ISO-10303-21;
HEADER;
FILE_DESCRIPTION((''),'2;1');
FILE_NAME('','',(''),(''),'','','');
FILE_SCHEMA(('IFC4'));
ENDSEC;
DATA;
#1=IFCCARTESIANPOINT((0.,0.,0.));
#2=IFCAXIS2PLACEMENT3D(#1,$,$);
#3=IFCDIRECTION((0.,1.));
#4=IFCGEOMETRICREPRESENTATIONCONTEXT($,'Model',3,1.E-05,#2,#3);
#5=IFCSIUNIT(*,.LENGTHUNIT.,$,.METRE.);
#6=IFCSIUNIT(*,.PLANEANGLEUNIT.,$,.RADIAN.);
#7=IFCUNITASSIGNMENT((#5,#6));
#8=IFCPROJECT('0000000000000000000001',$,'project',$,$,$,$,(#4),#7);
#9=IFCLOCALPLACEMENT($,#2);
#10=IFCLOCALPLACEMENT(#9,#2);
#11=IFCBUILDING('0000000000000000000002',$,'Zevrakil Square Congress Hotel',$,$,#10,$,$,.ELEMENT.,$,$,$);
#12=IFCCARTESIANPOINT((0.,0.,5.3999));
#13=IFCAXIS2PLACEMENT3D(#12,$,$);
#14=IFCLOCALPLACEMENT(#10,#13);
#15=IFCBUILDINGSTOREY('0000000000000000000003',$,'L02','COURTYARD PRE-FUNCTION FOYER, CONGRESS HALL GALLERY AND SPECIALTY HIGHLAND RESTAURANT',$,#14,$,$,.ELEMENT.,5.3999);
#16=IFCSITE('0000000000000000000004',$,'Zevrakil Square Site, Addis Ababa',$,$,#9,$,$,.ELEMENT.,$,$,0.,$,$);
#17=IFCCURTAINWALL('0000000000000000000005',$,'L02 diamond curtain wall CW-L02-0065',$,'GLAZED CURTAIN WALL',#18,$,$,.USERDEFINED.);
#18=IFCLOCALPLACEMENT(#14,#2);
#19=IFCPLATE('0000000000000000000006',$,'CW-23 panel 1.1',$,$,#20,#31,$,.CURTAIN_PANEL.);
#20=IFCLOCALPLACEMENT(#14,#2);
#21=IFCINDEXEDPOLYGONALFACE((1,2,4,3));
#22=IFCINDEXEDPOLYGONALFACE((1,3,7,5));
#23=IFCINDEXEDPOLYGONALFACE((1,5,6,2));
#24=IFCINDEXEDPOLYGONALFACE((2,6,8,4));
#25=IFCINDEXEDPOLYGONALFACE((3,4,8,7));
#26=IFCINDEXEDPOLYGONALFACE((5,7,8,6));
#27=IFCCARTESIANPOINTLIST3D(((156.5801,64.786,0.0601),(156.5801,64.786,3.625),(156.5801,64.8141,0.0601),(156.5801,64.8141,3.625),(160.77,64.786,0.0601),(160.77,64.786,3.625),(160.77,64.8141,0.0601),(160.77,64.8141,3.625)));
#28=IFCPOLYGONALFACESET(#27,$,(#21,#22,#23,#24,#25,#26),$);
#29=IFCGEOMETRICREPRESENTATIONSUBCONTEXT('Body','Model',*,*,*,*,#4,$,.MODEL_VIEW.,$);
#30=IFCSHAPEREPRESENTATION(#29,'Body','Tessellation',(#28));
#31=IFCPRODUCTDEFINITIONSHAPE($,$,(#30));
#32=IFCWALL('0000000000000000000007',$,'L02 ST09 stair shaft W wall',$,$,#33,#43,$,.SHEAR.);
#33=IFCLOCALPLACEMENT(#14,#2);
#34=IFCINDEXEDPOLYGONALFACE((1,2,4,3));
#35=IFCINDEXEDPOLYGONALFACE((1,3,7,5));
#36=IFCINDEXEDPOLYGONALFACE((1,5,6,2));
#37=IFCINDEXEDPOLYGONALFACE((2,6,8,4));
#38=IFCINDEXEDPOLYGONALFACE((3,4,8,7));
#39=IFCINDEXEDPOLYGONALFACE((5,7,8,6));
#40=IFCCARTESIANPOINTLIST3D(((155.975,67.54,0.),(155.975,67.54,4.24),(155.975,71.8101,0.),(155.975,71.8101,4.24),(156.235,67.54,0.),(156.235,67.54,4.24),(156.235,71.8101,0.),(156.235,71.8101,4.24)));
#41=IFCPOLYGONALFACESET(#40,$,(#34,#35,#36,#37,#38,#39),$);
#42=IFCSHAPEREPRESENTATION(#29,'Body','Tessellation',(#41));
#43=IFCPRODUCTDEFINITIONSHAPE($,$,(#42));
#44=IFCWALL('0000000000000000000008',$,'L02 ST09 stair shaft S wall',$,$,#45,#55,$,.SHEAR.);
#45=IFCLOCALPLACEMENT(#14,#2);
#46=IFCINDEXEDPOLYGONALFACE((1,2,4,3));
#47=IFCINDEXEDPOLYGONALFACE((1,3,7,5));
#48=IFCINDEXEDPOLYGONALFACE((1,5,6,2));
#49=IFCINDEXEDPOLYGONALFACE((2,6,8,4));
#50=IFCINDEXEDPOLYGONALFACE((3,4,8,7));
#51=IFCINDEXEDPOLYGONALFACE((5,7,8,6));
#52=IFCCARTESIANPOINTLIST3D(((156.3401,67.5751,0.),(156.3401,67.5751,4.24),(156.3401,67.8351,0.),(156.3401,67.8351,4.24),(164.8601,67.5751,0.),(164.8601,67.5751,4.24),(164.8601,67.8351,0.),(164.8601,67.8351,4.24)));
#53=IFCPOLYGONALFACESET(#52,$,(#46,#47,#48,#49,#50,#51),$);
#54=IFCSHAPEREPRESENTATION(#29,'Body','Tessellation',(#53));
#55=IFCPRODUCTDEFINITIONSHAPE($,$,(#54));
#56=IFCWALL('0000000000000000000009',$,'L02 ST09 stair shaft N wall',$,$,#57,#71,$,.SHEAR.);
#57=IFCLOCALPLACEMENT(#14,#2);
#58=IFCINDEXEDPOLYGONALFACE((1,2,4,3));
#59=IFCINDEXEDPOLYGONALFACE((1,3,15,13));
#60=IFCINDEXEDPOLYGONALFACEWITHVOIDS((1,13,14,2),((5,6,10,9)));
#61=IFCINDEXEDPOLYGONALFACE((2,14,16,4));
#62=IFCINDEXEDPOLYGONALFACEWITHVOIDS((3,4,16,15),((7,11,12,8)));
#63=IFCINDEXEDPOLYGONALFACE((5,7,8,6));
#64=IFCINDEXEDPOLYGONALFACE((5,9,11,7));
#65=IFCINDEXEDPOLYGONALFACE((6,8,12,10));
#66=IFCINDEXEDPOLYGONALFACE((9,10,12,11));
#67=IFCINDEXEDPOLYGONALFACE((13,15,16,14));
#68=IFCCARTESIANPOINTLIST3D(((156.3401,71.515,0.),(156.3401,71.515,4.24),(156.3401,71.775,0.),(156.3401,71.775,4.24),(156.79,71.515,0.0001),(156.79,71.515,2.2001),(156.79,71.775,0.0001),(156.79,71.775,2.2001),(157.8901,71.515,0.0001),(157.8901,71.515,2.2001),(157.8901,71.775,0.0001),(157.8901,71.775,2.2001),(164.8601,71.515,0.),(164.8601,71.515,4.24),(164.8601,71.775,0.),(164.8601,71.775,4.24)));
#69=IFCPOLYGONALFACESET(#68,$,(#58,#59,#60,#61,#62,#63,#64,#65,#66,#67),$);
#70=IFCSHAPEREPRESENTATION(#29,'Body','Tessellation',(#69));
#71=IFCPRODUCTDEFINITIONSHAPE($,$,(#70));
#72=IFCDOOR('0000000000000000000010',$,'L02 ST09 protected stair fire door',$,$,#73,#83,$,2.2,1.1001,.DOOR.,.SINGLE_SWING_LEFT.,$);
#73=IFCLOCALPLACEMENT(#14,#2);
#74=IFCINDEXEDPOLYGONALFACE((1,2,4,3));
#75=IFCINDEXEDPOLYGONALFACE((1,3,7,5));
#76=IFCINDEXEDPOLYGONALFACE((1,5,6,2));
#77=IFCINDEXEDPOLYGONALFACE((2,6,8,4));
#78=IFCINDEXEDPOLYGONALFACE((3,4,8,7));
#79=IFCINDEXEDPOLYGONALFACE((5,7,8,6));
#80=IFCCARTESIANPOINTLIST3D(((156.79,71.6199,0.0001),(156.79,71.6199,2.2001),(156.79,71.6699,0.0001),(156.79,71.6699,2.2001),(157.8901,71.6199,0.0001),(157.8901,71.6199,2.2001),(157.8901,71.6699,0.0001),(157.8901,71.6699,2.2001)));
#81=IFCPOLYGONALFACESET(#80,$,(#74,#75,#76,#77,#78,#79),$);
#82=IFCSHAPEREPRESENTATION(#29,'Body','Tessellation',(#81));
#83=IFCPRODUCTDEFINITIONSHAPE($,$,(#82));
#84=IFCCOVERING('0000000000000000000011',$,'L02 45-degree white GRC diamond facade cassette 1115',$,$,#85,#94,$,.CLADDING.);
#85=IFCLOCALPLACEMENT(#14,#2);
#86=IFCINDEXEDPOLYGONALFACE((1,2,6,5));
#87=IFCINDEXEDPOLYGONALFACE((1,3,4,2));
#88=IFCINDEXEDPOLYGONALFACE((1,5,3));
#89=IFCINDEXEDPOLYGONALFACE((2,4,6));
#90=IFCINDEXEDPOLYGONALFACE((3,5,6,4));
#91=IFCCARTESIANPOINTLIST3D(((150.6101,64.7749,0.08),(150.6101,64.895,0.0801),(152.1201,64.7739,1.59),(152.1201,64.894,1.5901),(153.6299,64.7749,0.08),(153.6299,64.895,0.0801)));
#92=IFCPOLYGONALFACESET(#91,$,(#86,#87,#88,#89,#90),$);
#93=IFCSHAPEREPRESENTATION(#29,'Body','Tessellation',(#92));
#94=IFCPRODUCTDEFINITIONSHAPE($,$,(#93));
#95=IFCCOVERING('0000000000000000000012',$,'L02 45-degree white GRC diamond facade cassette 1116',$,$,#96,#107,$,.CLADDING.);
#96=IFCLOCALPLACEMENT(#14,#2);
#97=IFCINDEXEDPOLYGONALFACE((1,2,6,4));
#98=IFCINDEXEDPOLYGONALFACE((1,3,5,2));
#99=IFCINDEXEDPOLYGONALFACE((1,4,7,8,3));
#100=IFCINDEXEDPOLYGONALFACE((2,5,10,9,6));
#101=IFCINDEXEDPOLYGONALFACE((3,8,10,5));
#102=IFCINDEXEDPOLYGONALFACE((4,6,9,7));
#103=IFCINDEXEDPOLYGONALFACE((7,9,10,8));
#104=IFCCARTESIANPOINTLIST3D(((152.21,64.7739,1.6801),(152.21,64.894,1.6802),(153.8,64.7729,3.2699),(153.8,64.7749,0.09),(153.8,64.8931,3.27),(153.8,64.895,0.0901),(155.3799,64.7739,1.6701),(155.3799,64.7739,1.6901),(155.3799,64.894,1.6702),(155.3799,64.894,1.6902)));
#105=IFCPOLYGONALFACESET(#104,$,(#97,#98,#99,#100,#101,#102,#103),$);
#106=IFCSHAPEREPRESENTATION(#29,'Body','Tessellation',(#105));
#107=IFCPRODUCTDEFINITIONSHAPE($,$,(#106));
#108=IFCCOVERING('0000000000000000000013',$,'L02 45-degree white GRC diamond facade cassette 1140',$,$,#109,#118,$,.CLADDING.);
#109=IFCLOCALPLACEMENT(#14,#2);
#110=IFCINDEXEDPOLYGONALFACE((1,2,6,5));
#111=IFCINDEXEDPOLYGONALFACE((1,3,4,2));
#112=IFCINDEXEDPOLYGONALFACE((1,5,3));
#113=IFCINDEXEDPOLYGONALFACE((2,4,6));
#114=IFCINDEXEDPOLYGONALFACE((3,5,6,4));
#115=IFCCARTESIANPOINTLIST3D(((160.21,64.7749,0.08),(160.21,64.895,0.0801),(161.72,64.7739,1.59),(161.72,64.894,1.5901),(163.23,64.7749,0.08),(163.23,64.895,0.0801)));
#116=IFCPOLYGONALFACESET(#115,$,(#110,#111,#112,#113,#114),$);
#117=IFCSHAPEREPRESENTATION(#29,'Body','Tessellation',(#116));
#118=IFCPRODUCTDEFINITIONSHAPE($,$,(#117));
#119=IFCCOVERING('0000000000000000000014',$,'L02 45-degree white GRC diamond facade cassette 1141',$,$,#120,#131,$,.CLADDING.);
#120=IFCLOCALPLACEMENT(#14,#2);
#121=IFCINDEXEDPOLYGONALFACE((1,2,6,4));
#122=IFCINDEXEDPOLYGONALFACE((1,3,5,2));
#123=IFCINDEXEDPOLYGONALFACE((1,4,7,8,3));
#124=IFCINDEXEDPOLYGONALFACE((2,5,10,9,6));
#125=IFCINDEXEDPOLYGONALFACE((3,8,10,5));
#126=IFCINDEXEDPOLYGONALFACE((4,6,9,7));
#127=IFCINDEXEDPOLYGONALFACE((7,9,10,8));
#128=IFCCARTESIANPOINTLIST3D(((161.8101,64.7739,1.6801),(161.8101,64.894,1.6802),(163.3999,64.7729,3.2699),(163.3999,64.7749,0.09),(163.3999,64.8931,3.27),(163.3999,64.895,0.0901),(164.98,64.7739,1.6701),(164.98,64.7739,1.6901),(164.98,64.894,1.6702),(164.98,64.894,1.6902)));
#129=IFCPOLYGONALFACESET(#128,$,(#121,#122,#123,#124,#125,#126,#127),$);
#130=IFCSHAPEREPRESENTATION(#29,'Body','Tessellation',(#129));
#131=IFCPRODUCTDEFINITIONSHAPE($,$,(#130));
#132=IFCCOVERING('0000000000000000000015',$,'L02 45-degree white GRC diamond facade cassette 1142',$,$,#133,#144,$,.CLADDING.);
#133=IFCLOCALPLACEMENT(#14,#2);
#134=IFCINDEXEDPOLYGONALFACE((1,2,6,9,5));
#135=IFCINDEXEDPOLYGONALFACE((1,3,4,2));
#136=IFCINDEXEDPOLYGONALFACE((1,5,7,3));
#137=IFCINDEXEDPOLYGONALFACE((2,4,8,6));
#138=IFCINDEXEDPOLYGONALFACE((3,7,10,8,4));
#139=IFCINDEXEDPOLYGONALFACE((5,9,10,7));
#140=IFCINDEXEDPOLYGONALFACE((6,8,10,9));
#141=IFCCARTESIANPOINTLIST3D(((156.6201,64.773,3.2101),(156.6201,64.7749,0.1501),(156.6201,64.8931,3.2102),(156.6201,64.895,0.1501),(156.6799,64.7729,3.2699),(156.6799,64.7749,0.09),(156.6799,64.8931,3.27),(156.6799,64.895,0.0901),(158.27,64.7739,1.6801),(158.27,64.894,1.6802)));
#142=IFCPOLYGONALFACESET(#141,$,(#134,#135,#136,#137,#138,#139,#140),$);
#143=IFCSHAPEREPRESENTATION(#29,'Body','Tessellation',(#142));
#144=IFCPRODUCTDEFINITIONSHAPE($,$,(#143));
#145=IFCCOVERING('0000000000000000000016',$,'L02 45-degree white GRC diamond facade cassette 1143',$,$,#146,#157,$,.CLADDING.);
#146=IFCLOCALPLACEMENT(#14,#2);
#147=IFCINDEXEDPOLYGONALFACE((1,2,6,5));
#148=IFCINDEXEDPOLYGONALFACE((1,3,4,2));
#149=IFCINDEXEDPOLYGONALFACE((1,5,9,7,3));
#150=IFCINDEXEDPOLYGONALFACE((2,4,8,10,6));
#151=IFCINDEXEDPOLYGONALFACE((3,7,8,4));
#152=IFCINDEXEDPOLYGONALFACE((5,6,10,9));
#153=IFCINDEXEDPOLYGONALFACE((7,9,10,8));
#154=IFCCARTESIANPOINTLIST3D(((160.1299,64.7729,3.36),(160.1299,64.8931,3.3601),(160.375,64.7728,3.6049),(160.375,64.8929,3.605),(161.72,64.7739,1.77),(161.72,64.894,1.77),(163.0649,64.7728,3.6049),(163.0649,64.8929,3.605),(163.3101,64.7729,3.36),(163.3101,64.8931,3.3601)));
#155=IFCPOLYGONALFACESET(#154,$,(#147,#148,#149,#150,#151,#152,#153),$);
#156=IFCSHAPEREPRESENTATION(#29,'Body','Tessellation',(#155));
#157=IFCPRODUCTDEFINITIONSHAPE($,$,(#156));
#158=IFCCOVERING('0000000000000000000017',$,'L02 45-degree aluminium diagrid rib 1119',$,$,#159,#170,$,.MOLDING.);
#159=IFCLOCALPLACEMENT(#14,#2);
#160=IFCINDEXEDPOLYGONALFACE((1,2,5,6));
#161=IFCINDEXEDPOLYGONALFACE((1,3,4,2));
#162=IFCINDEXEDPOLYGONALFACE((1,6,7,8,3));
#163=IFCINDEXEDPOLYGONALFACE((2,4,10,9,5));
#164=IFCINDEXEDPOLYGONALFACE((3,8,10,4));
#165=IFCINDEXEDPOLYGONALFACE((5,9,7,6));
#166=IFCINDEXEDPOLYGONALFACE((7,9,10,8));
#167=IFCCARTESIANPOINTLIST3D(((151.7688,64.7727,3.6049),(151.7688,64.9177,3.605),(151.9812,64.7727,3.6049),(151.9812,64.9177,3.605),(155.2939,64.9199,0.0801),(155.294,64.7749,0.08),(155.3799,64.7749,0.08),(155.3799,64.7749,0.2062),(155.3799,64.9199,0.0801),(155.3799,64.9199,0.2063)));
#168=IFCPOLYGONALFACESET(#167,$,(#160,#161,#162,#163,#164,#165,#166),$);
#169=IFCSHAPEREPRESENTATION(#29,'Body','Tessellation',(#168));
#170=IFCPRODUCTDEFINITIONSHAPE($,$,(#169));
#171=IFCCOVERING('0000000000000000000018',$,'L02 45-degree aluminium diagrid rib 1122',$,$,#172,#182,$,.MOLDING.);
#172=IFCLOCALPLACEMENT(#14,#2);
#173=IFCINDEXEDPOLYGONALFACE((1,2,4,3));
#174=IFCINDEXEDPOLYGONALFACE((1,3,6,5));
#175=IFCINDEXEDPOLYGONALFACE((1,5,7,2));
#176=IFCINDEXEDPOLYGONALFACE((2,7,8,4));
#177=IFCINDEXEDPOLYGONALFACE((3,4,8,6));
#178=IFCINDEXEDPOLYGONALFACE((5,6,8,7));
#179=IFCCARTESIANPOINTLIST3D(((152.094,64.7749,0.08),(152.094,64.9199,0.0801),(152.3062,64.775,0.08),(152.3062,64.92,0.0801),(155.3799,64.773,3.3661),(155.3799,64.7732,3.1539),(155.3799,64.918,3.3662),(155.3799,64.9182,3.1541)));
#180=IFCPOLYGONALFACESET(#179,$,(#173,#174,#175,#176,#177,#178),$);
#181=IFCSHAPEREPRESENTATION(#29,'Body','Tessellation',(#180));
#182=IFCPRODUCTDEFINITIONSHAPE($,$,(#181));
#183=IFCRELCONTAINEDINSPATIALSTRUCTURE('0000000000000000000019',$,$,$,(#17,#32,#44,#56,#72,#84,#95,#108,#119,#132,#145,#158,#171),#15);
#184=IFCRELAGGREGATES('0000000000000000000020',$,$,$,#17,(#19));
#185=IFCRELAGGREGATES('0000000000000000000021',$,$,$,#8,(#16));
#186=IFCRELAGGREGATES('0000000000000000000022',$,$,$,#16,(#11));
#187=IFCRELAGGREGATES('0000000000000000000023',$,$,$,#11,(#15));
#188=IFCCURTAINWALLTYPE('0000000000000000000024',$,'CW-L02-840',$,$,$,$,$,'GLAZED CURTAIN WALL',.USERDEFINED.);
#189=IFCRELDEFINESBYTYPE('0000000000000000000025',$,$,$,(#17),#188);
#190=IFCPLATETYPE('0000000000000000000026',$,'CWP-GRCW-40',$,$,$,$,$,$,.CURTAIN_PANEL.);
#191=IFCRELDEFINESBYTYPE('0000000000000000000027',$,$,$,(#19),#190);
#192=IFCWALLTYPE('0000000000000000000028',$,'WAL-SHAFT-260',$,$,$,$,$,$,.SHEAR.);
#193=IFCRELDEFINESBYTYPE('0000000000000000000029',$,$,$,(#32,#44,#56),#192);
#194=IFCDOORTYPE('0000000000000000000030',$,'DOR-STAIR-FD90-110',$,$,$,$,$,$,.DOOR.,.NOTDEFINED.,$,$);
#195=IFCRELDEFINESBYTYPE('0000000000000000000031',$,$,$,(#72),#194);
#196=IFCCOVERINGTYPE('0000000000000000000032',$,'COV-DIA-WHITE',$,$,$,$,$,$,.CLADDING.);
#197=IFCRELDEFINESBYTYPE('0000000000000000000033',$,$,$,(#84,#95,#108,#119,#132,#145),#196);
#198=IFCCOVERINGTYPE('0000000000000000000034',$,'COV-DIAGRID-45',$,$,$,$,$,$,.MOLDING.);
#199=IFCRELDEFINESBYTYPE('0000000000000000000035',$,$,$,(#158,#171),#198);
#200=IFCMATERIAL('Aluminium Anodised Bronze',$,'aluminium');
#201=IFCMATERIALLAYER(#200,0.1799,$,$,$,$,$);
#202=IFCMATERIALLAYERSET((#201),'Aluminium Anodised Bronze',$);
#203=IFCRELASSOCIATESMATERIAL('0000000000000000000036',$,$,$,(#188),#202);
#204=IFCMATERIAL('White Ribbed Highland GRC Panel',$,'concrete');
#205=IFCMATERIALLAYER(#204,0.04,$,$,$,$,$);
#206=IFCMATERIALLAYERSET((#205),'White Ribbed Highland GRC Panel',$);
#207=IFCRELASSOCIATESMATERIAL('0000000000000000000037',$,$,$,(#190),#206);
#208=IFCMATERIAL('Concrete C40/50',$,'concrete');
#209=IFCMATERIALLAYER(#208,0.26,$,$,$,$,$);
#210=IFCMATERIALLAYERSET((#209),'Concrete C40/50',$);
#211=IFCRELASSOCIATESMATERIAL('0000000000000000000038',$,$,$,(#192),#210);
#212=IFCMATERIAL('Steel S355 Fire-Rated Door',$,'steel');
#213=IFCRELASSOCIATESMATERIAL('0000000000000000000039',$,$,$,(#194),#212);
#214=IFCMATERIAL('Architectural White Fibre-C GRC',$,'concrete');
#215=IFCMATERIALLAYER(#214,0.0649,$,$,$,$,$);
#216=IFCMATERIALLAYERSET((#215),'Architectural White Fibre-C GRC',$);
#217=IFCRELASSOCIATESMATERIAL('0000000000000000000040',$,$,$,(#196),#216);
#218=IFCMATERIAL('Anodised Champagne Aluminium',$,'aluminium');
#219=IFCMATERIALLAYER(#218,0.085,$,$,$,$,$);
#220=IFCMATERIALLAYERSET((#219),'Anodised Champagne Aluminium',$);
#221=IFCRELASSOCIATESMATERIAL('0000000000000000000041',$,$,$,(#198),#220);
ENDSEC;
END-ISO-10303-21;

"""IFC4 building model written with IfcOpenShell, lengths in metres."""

from ifc_helpers import new_model, si_unit, direction, frame, frame_2d, origin, origin_2d, place, context, subcontext, project, spatial, polyline, rectangle, outline, extrude, material, layer, layer_set, type_object, element, fill, aggregate, save


model = new_model("IFC4")

# Units and contexts
model_context = context("Model", 3, precision=1e-05, world=origin(), true_north=direction((0.0, 1.0)))
body_context = subcontext(model_context, "Body", "Model", "MODEL_VIEW")
ifc_project = project(units=[si_unit("LENGTHUNIT", "METRE"), si_unit("PLANEANGLEUNIT", "RADIAN")], contexts=[model_context])

# Site, building, storey
site_placement = place(None, origin())
site = spatial("IfcSite", under=ifc_project, at=site_placement, Name="Zevrakil Square Site, Addis Ababa", CompositionType="ELEMENT", RefElevation=0.0)
building_placement = place(site_placement, origin())
building = spatial("IfcBuilding", under=site, at=building_placement, Name="Zevrakil Square Congress Hotel", CompositionType="ELEMENT")
storey_placement = place(building_placement, frame((0.0, 0.0, 5.3999)))
storey = spatial("IfcBuildingStorey", under=building, at=storey_placement, Name="L02", Description="COURTYARD PRE-FUNCTION FOYER, CONGRESS HALL GALLERY AND SPECIALTY HIGHLAND RESTAURANT", CompositionType="ELEMENT", Elevation=5.3999)

# Curtain wall
ifc_material_1 = material(Name="Aluminium Anodised Bronze", Category="aluminium")
ifc_layer_1 = layer(ifc_material_1, 0.1799)
ifc_layer_set_1 = layer_set([ifc_layer_1], Name="Aluminium Anodised Bronze")
curtain_wall_type = type_object("IfcCurtainWallType", Name="CW-L02-840", ElementType="GLAZED CURTAIN WALL", PredefinedType="USERDEFINED", material=ifc_layer_set_1)
curtain_wall_1_placement = place(storey_placement, origin())
curtain_wall_1 = element("IfcCurtainWall", 1, at=curtain_wall_1_placement, inside=storey, type_object=curtain_wall_type, Name="L02 diamond curtain wall CW-L02-0065", ObjectType="GLAZED CURTAIN WALL", PredefinedType="USERDEFINED")

# Plate
ifc_material_2 = material(Name="White Ribbed Highland GRC Panel", Category="concrete")
ifc_layer_2 = layer(ifc_material_2, 0.04)
ifc_layer_set_2 = layer_set([ifc_layer_2], Name="White Ribbed Highland GRC Panel")
plate_type_1 = type_object("IfcPlateType", Name="CWP-GRCW-40", PredefinedType="CURTAIN_PANEL", material=ifc_layer_set_2)
plate_1_placement = place(storey_placement, frame((158.675, 64.8, 0.0601), z_axis=(0.0, 0.0, 1.0), x_axis=(1.0, 0.0, 0.0)))
plate_1 = element("IfcPlate", 2, at=plate_1_placement, type_object=plate_type_1, Name="CW-23 panel 1.1", PredefinedType="CURTAIN_PANEL", context=body_context, shape_type="SweptSolid", body=[
    extrude(rectangle(XDim=4.1899, YDim=0.0281, at=origin_2d()), origin(), (0.0, 0.0, 1.0), 3.5649),
])
aggregate(curtain_wall_1, [plate_1])

# Walls
ifc_material_3 = material(Name="Concrete C40/50", Category="concrete")
ifc_layer_3 = layer(ifc_material_3, 0.26)
ifc_layer_set_3 = layer_set([ifc_layer_3], Name="Concrete C40/50")
wall_type = type_object("IfcWallType", Name="WAL-SHAFT-260", PredefinedType="SHEAR", material=ifc_layer_set_3)
wall_1_placement = place(storey_placement, frame((156.105, 67.54, 0.0), z_axis=(0.0, 0.0, 1.0), x_axis=(0.0, 1.0, 0.0)))
element("IfcWall", 3, at=wall_1_placement, inside=storey, type_object=wall_type, Name="L02 ST09 stair shaft W wall", PredefinedType="SHEAR", context=body_context, shape_type="SweptSolid", body=[
    extrude(rectangle(XDim=4.27, YDim=0.26, at=frame_2d((2.135, 0.0))), origin(), (0.0, 0.0, 1.0), 4.24),
])
wall_2_placement = place(storey_placement, frame((156.3401, 67.7051, 0.0), z_axis=(0.0, 0.0, 1.0), x_axis=(1.0, 0.0, 0.0)))
element("IfcWall", 4, at=wall_2_placement, inside=storey, type_object=wall_type, Name="L02 ST09 stair shaft S wall", PredefinedType="SHEAR", context=body_context, shape_type="SweptSolid", body=[
    extrude(rectangle(XDim=8.52, YDim=0.26, at=frame_2d((4.26, 0.0))), origin(), (0.0, 0.0, 1.0), 4.24),
])

# Wall, opening, door
wall_3_placement = place(storey_placement, frame((156.3401, 71.645, 0.0), z_axis=(0.0, 0.0, 1.0), x_axis=(1.0, 0.0, 0.0)))
wall_3 = element("IfcWall", 5, at=wall_3_placement, inside=storey, type_object=wall_type, Name="L02 ST09 stair shaft N wall", PredefinedType="SHEAR", context=body_context, shape_type="SweptSolid", body=[
    extrude(rectangle(XDim=8.52, YDim=0.26, at=frame_2d((4.26, 0.0))), origin(), (0.0, 0.0, 1.0), 4.24),
])
opening_placement = place(wall_3_placement, frame((0.45, 0.0, 0.0)))
opening = element("IfcOpeningElement", 6, at=opening_placement, cuts=wall_3, PredefinedType="OPENING", context=body_context, shape_type="SweptSolid", body=[
    extrude(rectangle(XDim=1.1001, YDim=2.2, at=frame_2d((0.55, 1.1001))), frame((0.0, 0.1401, 0.0), z_axis=(0.0, -1.0, 0.0), x_axis=(1.0, 0.0, 0.0)), (0.0, 0.0, 1.0), 0.28),
])
ifc_material_4 = material(Name="Steel S355 Fire-Rated Door", Category="steel")
door_type = type_object("IfcDoorType", Name="DOR-STAIR-FD90-110", OperationType="NOTDEFINED", PredefinedType="DOOR", material=ifc_material_4)
door_placement = place(opening_placement, origin())
door = element("IfcDoor", 7, at=door_placement, inside=storey, type_object=door_type, Name="L02 ST09 protected stair fire door", OperationType="SINGLE_SWING_LEFT", OverallHeight=2.2, OverallWidth=1.1001, PredefinedType="DOOR", context=body_context, shape_type="SweptSolid", body=[
    extrude(rectangle(XDim=1.1001, YDim=2.2, at=frame_2d((0.55, 1.1001))), frame((0.0, 0.0249, 0.0), z_axis=(0.0, -1.0, 0.0), x_axis=(1.0, 0.0, 0.0)), (0.0, 0.0, 1.0), 0.05),
])
fill(opening, door)

# Coverings
ifc_material_5 = material(Name="Architectural White Fibre-C GRC", Category="concrete")
ifc_layer_4 = layer(ifc_material_5, 0.0649)
ifc_layer_set_4 = layer_set([ifc_layer_4], Name="Architectural White Fibre-C GRC")
covering_type_1 = type_object("IfcCoveringType", Name="COV-DIA-WHITE", PredefinedType="CLADDING", material=ifc_layer_set_4)
covering_1_placement = place(storey_placement, frame((152.1201, 64.894, 1.5901), z_axis=(0.0, 1.0, 0.000647), x_axis=(-0.707107, 0.000457, -0.707107)))
element("IfcCovering", 8, at=covering_1_placement, inside=storey, type_object=covering_type_1, Name="L02 45-degree white GRC diamond facade cassette 1115", PredefinedType="CLADDING", context=body_context, shape_type="SweptSolid", body=[
    extrude(outline(polyline([(0.0, 0.0), (2.1355, 0.0), (0.0002, -2.1353), (0.0, 0.0)])), origin(), (0.0, 0.0, -1.0), 0.1201),
])
covering_2_placement = place(storey_placement, frame((153.8, 64.8931, 3.27), z_axis=(0.0, 1.0, 0.000612), x_axis=(-0.707161, 0.000433, -0.707052)))
element("IfcCovering", 9, at=covering_2_placement, inside=storey, type_object=covering_type_1, Name="L02 45-degree white GRC diamond facade cassette 1116", PredefinedType="CLADDING", context=body_context, shape_type="SweptSolid", body=[
    extrude(outline(polyline([(0.0, 0.0), (2.2486, 0.0), (2.2484, -2.2487), (0.014, -2.2484), (-0.0002, -2.2342), (0.0, 0.0)])), origin(), (0.0, 0.0, -1.0), 0.1201),
])
covering_3_placement = place(storey_placement, frame((161.72, 64.894, 1.5901), z_axis=(0.0, 1.0, 0.000647), x_axis=(-0.707107, 0.000457, -0.707107)))
element("IfcCovering", 10, at=covering_3_placement, inside=storey, type_object=covering_type_1, Name="L02 45-degree white GRC diamond facade cassette 1140", PredefinedType="CLADDING", context=body_context, shape_type="SweptSolid", body=[
    extrude(outline(polyline([(0.0, 0.0), (2.1355, 0.0), (0.0, -2.1355), (0.0, 0.0)])), origin(), (0.0, 0.0, -1.0), 0.1201),
])
covering_4_placement = place(storey_placement, frame((163.3999, 64.8931, 3.27), z_axis=(0.0, 1.0, 0.000612), x_axis=(-0.707107, 0.000433, -0.707107)))
element("IfcCovering", 11, at=covering_4_placement, inside=storey, type_object=covering_type_1, Name="L02 45-degree white GRC diamond facade cassette 1141", PredefinedType="CLADDING", context=body_context, shape_type="SweptSolid", body=[
    extrude(outline(polyline([(0.0, 0.0), (2.2484, 0.0), (2.2486, -2.2486), (0.014, -2.2486), (-0.0002, -2.2344), (0.0, 0.0)])), origin(), (0.0, 0.0, -1.0), 0.1201),
])
covering_5_placement = place(storey_placement, frame((156.6799, 64.895, 0.0901), z_axis=(0.0, 1.0, 0.000615), x_axis=(0.707107, -0.000435, 0.707107)))
element("IfcCovering", 12, at=covering_5_placement, inside=storey, type_object=covering_type_1, Name="L02 45-degree white GRC diamond facade cassette 1142", PredefinedType="CLADDING", context=body_context, shape_type="SweptSolid", body=[
    extrude(outline(polyline([(0.0, 0.0), (2.2487, 0.0), (2.2486, -2.2486), (2.164, -2.2486), (0.0002, -0.0848), (0.0, 0.0)])), origin(), (0.0, 0.0, -1.0), 0.1201),
])
covering_6_placement = place(storey_placement, frame((160.1299, 64.8931, 3.3601), z_axis=(0.0, 1.0, 0.000579), x_axis=(0.707107, 0.00041, -0.707107)))
element("IfcCovering", 13, at=covering_6_placement, inside=storey, type_object=covering_type_1, Name="L02 45-degree white GRC diamond facade cassette 1143", PredefinedType="CLADDING", context=body_context, shape_type="SweptSolid", body=[
    extrude(outline(polyline([(0.0, 0.0), (2.2487, 0.0), (2.2487, -2.2487), (1.9022, -2.2486), (0.0002, -0.3465), (0.0, 0.0)])), origin(), (0.0, 0.0, -1.0), 0.1201),
])
ifc_material_6 = material(Name="Anodised Champagne Aluminium", Category="aluminium")
ifc_layer_5 = layer(ifc_material_6, 0.085)
ifc_layer_set_5 = layer_set([ifc_layer_5], Name="Anodised Champagne Aluminium")
covering_type_2 = type_object("IfcCoveringType", Name="COV-DIAGRID-45", PredefinedType="MOLDING", material=ifc_layer_set_5)
covering_7_placement = place(storey_placement, frame((155.2939, 64.9199, 0.0801), z_axis=(-0.000187, 1.0, 0.000443), x_axis=(1.0, 0.000187, 0.0)))
element("IfcCovering", 14, at=covering_7_placement, inside=storey, type_object=covering_type_2, Name="L02 45-degree aluminium diagrid rib 1119", PredefinedType="MOLDING", context=body_context, shape_type="SweptSolid", body=[
    extrude(outline(polyline([(0.0, 0.0), (0.0859, 0.0), (0.0859, -0.1262), (-3.3127, -3.5249), (-3.5251, -3.5249), (0.0, 0.0)])), origin(), (0.0, 0.0, -1.0), 0.145),
])
covering_8_placement = place(storey_placement, frame((155.3799, 64.9182, 3.1541), z_axis=(-0.000287, 1.0, 0.000863), x_axis=(0.0, -0.000863, 1.0)))
element("IfcCovering", 15, at=covering_8_placement, inside=storey, type_object=covering_type_2, Name="L02 45-degree aluminium diagrid rib 1122", PredefinedType="MOLDING", context=body_context, shape_type="SweptSolid", body=[
    extrude(outline(polyline([(0.0, 0.0), (0.2122, 0.0), (-3.074, -3.2859), (-3.074, -3.0737), (0.0, 0.0)])), origin(), (0.0, 0.0, -1.0), 0.145),
])

save(model, "model.ifc")
